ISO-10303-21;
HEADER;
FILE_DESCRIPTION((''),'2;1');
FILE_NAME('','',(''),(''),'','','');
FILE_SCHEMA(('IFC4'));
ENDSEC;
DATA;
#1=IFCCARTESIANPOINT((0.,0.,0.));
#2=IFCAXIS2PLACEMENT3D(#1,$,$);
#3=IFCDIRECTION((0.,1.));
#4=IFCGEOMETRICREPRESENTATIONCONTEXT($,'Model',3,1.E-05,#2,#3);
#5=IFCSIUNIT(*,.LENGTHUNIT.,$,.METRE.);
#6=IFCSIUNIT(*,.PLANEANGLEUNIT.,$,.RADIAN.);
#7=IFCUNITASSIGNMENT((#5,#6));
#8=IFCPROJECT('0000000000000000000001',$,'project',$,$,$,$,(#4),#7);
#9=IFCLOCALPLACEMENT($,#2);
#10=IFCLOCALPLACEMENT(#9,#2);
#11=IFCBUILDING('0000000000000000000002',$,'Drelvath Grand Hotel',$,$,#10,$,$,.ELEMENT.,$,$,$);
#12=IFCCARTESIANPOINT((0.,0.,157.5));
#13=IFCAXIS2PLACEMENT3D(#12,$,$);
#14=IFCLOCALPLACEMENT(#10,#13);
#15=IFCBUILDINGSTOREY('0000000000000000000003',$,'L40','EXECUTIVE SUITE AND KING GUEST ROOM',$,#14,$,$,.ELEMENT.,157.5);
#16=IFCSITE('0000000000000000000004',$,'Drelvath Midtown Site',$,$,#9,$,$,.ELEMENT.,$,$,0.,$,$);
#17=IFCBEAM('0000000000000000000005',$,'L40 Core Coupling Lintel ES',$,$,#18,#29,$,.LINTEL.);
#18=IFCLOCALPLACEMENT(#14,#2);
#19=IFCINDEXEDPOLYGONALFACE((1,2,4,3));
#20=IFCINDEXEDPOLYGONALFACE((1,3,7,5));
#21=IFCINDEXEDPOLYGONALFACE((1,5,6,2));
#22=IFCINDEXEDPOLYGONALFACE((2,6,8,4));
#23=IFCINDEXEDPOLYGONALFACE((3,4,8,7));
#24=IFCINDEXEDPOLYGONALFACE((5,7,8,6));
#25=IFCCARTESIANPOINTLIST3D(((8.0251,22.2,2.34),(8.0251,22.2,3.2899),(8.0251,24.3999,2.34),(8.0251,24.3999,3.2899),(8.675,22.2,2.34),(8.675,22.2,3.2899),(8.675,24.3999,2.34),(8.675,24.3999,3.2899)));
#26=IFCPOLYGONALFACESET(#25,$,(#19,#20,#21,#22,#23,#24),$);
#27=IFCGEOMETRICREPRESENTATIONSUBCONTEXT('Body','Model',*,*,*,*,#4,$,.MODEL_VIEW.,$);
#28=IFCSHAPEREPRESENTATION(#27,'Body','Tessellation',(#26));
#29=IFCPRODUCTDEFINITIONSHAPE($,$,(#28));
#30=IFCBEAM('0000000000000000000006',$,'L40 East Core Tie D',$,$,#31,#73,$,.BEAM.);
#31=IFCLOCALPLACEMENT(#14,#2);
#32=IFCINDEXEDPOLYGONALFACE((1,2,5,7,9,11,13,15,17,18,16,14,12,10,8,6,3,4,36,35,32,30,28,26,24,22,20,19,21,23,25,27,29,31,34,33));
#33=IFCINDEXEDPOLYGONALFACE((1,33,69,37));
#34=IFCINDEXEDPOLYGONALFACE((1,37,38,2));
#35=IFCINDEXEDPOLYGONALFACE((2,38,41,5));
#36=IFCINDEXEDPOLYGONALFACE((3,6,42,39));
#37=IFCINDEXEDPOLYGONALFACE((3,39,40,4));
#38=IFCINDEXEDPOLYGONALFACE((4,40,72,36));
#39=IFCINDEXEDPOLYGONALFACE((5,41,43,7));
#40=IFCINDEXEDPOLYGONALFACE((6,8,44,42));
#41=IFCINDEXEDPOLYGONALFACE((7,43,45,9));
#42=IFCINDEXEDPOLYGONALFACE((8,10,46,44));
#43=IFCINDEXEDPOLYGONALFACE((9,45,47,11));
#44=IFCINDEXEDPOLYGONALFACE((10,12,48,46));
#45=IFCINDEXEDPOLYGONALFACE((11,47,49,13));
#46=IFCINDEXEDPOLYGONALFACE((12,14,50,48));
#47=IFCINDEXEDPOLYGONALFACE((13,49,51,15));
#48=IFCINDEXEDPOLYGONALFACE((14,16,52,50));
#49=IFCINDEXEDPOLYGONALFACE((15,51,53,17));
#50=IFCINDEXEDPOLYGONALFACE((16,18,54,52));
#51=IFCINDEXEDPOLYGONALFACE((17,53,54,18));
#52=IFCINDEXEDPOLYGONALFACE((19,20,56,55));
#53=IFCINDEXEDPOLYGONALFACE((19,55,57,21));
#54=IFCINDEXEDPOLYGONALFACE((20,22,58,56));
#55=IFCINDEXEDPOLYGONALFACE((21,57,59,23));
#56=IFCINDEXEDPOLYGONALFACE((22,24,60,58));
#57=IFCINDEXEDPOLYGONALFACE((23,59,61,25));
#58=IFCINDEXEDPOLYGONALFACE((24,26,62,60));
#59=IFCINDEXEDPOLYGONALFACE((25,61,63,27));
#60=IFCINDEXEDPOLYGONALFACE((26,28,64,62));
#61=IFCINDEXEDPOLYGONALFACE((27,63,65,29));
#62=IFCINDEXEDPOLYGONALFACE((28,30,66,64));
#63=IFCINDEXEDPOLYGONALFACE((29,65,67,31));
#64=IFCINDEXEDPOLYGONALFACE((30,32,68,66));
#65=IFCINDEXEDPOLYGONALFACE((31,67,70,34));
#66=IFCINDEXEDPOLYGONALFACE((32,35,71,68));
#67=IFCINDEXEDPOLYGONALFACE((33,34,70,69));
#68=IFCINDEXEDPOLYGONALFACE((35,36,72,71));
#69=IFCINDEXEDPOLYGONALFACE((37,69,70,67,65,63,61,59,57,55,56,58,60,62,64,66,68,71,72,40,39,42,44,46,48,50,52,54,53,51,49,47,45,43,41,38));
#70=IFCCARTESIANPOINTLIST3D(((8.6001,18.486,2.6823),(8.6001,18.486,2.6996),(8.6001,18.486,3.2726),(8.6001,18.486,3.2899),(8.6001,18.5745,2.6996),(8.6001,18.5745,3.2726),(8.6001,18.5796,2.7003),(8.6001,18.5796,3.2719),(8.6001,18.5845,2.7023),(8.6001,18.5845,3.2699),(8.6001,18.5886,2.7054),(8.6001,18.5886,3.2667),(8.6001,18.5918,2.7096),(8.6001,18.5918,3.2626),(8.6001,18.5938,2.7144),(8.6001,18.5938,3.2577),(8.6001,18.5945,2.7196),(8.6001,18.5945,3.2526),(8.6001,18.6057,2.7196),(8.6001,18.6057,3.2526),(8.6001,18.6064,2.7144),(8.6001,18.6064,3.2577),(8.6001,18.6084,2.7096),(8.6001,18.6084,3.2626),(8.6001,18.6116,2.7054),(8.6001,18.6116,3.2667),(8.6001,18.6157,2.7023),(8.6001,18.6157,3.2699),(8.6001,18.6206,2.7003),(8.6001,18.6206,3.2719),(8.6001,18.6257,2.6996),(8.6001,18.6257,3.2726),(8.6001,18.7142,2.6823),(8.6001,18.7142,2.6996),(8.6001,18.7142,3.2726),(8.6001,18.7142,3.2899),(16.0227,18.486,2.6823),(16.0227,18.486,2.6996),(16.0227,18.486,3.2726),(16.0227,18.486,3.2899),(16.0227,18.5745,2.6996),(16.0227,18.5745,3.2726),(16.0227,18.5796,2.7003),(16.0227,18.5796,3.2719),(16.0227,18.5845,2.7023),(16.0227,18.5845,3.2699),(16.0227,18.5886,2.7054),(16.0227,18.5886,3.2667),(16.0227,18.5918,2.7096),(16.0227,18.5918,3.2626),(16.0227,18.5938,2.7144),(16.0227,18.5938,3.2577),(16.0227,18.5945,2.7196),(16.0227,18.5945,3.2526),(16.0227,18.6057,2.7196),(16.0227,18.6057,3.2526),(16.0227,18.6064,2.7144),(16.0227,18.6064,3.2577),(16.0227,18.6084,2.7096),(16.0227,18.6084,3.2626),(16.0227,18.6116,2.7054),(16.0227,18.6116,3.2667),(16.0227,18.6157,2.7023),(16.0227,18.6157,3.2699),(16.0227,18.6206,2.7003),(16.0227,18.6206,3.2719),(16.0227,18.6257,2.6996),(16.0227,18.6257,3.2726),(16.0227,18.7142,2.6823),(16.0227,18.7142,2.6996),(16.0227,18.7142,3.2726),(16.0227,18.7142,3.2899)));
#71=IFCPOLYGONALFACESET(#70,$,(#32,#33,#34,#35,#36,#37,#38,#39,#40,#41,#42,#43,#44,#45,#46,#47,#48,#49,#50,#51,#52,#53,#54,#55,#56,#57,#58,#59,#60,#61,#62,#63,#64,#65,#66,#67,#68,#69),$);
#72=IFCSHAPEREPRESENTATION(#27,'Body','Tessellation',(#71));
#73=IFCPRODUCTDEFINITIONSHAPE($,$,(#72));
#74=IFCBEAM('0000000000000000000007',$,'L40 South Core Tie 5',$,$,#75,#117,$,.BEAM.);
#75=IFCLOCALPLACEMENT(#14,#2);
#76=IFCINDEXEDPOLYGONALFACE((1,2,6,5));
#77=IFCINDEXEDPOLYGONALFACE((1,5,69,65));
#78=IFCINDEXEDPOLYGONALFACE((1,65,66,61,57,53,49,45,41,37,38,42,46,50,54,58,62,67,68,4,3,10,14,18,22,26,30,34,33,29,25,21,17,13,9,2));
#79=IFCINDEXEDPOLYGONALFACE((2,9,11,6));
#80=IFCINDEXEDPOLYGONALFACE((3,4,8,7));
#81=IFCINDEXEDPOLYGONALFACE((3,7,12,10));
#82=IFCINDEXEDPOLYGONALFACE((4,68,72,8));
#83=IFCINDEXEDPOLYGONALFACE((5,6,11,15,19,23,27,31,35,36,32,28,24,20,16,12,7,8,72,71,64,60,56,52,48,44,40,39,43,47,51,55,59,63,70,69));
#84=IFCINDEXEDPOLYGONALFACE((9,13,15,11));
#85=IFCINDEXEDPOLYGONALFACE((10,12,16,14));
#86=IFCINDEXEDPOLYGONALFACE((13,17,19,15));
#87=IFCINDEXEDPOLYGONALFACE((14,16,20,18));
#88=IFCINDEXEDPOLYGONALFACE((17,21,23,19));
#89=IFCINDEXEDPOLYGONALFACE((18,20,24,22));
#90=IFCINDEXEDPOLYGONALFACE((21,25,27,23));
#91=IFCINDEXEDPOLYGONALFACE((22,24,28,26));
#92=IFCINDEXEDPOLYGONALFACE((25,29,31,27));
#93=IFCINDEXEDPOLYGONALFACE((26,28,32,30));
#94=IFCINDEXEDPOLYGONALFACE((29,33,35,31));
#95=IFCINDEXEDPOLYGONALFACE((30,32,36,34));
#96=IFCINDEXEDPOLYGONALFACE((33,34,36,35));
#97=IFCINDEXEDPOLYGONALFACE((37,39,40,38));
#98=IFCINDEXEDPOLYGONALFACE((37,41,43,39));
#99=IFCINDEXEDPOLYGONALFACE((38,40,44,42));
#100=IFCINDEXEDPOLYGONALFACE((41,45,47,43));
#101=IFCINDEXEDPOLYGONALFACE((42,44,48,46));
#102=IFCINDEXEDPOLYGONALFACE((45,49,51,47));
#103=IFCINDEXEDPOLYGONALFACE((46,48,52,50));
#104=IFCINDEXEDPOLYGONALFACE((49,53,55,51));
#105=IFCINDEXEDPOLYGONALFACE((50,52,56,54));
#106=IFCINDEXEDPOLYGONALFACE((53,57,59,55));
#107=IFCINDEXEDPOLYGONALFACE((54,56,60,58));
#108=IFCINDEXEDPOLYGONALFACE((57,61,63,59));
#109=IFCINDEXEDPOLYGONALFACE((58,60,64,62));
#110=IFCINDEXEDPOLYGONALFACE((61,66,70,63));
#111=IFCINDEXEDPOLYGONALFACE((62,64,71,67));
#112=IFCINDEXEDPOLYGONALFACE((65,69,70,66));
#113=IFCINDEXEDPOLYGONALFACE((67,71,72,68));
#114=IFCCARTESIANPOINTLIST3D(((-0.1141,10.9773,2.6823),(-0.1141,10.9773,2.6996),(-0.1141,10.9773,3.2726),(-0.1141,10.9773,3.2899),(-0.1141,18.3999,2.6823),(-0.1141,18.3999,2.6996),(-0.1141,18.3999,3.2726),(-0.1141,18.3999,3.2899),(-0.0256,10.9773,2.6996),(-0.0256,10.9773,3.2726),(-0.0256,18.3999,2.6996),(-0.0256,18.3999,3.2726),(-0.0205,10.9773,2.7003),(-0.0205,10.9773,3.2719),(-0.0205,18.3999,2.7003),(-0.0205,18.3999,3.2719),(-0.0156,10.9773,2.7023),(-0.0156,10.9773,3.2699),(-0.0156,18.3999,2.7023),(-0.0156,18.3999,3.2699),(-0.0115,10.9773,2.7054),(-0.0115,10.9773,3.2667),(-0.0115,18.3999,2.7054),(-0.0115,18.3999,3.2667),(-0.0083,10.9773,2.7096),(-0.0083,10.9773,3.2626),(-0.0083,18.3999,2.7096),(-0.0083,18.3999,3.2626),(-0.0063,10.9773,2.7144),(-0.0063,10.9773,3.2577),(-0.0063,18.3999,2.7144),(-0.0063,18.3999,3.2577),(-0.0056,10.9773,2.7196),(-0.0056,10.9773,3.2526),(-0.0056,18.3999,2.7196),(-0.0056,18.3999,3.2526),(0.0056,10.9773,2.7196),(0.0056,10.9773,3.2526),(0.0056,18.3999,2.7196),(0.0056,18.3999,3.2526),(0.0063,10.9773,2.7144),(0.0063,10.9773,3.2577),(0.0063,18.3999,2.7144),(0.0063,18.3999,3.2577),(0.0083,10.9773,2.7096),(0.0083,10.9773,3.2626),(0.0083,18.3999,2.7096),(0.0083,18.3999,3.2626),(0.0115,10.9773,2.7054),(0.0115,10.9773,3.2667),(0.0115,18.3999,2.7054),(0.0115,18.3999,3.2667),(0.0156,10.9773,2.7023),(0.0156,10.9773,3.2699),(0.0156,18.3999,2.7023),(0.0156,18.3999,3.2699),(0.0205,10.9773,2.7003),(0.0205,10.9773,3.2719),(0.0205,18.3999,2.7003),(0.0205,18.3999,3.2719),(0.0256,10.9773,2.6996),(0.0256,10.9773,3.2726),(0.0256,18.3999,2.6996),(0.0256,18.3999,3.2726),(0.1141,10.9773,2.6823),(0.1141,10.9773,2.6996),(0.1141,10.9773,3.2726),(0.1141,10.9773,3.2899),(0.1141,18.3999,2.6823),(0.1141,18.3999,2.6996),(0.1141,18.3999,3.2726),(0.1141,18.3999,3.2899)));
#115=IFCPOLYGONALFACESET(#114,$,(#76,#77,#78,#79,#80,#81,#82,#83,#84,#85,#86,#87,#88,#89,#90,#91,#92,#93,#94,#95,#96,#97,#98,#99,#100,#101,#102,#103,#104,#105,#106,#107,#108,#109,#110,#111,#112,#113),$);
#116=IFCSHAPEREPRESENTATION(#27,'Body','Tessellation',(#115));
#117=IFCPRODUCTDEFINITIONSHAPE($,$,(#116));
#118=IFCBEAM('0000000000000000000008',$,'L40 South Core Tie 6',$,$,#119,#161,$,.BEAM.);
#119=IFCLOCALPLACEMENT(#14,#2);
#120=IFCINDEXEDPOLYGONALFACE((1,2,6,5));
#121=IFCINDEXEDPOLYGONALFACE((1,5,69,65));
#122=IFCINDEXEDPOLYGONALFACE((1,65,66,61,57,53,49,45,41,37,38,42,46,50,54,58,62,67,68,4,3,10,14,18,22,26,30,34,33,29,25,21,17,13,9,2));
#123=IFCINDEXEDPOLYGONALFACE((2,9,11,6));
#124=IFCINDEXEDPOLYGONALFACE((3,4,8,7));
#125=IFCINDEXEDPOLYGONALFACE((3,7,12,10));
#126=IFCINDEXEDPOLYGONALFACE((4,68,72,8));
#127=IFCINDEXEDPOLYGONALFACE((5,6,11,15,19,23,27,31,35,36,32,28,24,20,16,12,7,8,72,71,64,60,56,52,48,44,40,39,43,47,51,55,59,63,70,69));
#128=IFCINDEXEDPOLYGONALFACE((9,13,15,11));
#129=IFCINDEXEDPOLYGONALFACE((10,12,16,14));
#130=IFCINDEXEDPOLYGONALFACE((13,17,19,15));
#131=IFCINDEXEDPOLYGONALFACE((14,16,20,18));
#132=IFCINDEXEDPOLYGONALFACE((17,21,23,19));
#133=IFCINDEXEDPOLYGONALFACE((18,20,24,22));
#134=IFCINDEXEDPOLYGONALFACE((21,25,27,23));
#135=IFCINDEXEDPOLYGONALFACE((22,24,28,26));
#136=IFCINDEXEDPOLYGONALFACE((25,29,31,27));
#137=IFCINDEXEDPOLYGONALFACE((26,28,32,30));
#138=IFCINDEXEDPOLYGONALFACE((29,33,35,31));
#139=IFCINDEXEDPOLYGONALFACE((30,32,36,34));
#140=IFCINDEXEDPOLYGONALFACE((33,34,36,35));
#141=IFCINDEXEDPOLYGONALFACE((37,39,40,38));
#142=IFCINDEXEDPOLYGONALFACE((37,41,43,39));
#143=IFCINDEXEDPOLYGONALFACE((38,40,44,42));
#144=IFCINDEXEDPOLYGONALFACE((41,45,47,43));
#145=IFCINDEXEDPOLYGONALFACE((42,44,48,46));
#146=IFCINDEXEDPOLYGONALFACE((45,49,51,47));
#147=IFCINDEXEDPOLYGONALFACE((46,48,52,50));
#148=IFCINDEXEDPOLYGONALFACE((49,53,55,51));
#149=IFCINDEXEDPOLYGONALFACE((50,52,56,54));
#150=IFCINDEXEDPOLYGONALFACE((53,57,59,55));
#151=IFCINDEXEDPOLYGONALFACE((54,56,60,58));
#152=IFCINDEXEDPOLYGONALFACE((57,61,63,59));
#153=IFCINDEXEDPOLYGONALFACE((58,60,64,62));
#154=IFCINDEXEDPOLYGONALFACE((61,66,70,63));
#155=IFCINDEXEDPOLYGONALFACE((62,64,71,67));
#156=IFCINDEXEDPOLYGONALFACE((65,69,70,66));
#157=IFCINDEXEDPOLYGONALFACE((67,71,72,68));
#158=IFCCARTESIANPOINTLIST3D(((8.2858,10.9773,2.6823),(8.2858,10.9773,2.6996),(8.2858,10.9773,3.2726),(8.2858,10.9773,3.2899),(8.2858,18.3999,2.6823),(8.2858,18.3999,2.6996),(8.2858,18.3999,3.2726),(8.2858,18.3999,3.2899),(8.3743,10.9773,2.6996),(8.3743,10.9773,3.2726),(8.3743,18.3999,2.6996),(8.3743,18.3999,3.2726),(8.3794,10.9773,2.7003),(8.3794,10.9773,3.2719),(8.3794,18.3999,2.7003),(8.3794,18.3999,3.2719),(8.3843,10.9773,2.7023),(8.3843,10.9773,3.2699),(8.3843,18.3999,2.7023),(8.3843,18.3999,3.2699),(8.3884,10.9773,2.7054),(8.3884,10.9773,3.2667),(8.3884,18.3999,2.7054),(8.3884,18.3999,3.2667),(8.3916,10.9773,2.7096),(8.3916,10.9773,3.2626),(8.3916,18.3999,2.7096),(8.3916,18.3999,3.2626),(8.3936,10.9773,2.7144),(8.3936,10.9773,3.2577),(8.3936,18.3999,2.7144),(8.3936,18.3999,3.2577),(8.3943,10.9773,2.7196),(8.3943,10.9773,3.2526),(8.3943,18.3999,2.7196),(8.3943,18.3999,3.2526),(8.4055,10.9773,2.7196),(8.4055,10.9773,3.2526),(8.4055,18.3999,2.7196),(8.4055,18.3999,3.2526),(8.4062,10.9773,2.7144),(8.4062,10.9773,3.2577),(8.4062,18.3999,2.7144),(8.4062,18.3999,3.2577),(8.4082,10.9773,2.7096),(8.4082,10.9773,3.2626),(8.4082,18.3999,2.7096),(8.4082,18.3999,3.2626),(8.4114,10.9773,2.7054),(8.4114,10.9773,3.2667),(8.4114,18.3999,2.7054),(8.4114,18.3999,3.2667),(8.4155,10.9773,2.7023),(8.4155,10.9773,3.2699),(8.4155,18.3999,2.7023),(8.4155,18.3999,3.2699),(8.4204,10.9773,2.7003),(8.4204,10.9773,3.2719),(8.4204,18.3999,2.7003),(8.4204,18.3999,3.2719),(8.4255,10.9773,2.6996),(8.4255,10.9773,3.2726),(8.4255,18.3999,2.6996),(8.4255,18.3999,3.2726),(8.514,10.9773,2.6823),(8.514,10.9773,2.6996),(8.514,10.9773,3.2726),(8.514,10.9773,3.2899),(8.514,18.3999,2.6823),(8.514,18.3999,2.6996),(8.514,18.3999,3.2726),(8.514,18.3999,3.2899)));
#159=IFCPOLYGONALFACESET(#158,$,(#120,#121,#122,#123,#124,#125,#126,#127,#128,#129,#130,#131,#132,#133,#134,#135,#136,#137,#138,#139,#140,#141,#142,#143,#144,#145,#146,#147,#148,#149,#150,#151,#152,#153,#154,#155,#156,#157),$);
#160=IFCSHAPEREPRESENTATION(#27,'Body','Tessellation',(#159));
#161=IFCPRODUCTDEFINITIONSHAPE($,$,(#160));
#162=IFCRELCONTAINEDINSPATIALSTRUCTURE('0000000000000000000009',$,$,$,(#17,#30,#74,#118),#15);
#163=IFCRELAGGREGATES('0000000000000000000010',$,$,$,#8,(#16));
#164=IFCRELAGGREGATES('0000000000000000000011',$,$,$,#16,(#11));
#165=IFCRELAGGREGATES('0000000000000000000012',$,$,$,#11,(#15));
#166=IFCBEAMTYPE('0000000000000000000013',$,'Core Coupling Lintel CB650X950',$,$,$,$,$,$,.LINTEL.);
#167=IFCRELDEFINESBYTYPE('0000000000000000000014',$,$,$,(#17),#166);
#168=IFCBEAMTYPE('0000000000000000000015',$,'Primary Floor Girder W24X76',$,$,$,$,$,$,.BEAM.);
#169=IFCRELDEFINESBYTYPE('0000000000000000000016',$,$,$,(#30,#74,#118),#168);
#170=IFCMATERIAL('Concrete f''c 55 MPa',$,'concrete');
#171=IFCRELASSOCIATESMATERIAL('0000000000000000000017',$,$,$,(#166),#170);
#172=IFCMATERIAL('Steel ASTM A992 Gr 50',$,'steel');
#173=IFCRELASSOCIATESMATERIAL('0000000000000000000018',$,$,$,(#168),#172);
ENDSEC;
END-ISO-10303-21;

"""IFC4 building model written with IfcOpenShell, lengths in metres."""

from ifc_helpers import new_model, si_unit, direction, frame, origin, origin_2d, place, context, subcontext, project, spatial, rectangle, i_section, extrude, material, material_profile, profile_set, type_object, element, save


model = new_model("IFC4")

# Units and contexts
model_context = context("Model", 3, precision=1e-05, world=origin(), true_north=direction((0.0, 1.0)))
body_context = subcontext(model_context, "Body", "Model", "MODEL_VIEW")
ifc_project = project(units=[si_unit("LENGTHUNIT", "METRE"), si_unit("PLANEANGLEUNIT", "RADIAN")], contexts=[model_context])

# Site, building, storey
site_placement = place(None, origin())
site = spatial("IfcSite", under=ifc_project, at=site_placement, Name="Drelvath Midtown Site", CompositionType="ELEMENT", RefElevation=0.0)
building_placement = place(site_placement, origin())
building = spatial("IfcBuilding", under=site, at=building_placement, Name="Drelvath Grand Hotel", CompositionType="ELEMENT")
storey_placement = place(building_placement, frame((0.0, 0.0, 157.5)))
storey = spatial("IfcBuildingStorey", under=building, at=storey_placement, Name="L40", Description="EXECUTIVE SUITE AND KING GUEST ROOM", CompositionType="ELEMENT", Elevation=157.5)

# Beams
ifc_material_1 = material(Name="Concrete f'c 55 MPa", Category="concrete")
ifc_material_profile_1 = material_profile(ifc_material_1, rectangle(XDim=0.6499, YDim=0.95, at=origin_2d()), Name="CB650X950")
ifc_profile_set_1 = profile_set([ifc_material_profile_1], Name="Concrete f'c 55 MPa")
beam_type_1 = type_object("IfcBeamType", Name="Core Coupling Lintel CB650X950", PredefinedType="LINTEL", material=ifc_profile_set_1)
beam_placement = place(storey_placement, frame((8.3501, 22.2, 2.8149), z_axis=(0.0, 1.0, 0.0), x_axis=(-1.0, 0.0, 0.0)))
element("IfcBeam", 1, at=beam_placement, inside=storey, type_object=beam_type_1, Name="L40 Core Coupling Lintel ES", PredefinedType="LINTEL", context=body_context, shape_type="SweptSolid", body=[
    extrude(rectangle(XDim=0.6499, YDim=0.95, at=origin_2d()), origin(), (0.0, 0.0, 1.0), 2.2),
])
ifc_material_2 = material(Name="Steel ASTM A992 Gr 50", Category="steel")
ifc_material_profile_2 = material_profile(ifc_material_2, i_section(OverallWidth=0.2283, OverallDepth=0.6077, WebThickness=0.0112, FlangeThickness=0.0173, FilletRadius=0.02, at=origin_2d()), Name="W24X76")
ifc_profile_set_2 = profile_set([ifc_material_profile_2], Name="Steel ASTM A992 Gr 50")
beam_type_2 = type_object("IfcBeamType", Name="Primary Floor Girder W24X76", PredefinedType="BEAM", material=ifc_profile_set_2)
for number, where, z_axis, x_axis, name in (
    (2, (8.6001, 18.6001, 2.9861), (1.0, 0.0, 0.0), (0.0, 1.0, 0.0), "L40 East Core Tie D"),
    (3, (0.0, 10.9773, 2.9861), (0.0, 1.0, 0.0), (-1.0, 0.0, 0.0), "L40 South Core Tie 5"),
    (4, (8.3999, 10.9773, 2.9861), (0.0, 1.0, 0.0), (-1.0, 0.0, 0.0), "L40 South Core Tie 6"),
):
    element("IfcBeam", number, at=place(storey_placement, frame(where, z_axis=z_axis, x_axis=x_axis)), inside=storey, type_object=beam_type_2, Name=name, PredefinedType="BEAM", context=body_context, shape_type="SweptSolid", body=[
        extrude(i_section(OverallWidth=0.2283, OverallDepth=0.6077, WebThickness=0.0112, FlangeThickness=0.0173, FilletRadius=0.02, at=origin_2d()), origin(), (0.0, 0.0, 1.0), 7.4226),
    ])

save(model, "model.ifc")
